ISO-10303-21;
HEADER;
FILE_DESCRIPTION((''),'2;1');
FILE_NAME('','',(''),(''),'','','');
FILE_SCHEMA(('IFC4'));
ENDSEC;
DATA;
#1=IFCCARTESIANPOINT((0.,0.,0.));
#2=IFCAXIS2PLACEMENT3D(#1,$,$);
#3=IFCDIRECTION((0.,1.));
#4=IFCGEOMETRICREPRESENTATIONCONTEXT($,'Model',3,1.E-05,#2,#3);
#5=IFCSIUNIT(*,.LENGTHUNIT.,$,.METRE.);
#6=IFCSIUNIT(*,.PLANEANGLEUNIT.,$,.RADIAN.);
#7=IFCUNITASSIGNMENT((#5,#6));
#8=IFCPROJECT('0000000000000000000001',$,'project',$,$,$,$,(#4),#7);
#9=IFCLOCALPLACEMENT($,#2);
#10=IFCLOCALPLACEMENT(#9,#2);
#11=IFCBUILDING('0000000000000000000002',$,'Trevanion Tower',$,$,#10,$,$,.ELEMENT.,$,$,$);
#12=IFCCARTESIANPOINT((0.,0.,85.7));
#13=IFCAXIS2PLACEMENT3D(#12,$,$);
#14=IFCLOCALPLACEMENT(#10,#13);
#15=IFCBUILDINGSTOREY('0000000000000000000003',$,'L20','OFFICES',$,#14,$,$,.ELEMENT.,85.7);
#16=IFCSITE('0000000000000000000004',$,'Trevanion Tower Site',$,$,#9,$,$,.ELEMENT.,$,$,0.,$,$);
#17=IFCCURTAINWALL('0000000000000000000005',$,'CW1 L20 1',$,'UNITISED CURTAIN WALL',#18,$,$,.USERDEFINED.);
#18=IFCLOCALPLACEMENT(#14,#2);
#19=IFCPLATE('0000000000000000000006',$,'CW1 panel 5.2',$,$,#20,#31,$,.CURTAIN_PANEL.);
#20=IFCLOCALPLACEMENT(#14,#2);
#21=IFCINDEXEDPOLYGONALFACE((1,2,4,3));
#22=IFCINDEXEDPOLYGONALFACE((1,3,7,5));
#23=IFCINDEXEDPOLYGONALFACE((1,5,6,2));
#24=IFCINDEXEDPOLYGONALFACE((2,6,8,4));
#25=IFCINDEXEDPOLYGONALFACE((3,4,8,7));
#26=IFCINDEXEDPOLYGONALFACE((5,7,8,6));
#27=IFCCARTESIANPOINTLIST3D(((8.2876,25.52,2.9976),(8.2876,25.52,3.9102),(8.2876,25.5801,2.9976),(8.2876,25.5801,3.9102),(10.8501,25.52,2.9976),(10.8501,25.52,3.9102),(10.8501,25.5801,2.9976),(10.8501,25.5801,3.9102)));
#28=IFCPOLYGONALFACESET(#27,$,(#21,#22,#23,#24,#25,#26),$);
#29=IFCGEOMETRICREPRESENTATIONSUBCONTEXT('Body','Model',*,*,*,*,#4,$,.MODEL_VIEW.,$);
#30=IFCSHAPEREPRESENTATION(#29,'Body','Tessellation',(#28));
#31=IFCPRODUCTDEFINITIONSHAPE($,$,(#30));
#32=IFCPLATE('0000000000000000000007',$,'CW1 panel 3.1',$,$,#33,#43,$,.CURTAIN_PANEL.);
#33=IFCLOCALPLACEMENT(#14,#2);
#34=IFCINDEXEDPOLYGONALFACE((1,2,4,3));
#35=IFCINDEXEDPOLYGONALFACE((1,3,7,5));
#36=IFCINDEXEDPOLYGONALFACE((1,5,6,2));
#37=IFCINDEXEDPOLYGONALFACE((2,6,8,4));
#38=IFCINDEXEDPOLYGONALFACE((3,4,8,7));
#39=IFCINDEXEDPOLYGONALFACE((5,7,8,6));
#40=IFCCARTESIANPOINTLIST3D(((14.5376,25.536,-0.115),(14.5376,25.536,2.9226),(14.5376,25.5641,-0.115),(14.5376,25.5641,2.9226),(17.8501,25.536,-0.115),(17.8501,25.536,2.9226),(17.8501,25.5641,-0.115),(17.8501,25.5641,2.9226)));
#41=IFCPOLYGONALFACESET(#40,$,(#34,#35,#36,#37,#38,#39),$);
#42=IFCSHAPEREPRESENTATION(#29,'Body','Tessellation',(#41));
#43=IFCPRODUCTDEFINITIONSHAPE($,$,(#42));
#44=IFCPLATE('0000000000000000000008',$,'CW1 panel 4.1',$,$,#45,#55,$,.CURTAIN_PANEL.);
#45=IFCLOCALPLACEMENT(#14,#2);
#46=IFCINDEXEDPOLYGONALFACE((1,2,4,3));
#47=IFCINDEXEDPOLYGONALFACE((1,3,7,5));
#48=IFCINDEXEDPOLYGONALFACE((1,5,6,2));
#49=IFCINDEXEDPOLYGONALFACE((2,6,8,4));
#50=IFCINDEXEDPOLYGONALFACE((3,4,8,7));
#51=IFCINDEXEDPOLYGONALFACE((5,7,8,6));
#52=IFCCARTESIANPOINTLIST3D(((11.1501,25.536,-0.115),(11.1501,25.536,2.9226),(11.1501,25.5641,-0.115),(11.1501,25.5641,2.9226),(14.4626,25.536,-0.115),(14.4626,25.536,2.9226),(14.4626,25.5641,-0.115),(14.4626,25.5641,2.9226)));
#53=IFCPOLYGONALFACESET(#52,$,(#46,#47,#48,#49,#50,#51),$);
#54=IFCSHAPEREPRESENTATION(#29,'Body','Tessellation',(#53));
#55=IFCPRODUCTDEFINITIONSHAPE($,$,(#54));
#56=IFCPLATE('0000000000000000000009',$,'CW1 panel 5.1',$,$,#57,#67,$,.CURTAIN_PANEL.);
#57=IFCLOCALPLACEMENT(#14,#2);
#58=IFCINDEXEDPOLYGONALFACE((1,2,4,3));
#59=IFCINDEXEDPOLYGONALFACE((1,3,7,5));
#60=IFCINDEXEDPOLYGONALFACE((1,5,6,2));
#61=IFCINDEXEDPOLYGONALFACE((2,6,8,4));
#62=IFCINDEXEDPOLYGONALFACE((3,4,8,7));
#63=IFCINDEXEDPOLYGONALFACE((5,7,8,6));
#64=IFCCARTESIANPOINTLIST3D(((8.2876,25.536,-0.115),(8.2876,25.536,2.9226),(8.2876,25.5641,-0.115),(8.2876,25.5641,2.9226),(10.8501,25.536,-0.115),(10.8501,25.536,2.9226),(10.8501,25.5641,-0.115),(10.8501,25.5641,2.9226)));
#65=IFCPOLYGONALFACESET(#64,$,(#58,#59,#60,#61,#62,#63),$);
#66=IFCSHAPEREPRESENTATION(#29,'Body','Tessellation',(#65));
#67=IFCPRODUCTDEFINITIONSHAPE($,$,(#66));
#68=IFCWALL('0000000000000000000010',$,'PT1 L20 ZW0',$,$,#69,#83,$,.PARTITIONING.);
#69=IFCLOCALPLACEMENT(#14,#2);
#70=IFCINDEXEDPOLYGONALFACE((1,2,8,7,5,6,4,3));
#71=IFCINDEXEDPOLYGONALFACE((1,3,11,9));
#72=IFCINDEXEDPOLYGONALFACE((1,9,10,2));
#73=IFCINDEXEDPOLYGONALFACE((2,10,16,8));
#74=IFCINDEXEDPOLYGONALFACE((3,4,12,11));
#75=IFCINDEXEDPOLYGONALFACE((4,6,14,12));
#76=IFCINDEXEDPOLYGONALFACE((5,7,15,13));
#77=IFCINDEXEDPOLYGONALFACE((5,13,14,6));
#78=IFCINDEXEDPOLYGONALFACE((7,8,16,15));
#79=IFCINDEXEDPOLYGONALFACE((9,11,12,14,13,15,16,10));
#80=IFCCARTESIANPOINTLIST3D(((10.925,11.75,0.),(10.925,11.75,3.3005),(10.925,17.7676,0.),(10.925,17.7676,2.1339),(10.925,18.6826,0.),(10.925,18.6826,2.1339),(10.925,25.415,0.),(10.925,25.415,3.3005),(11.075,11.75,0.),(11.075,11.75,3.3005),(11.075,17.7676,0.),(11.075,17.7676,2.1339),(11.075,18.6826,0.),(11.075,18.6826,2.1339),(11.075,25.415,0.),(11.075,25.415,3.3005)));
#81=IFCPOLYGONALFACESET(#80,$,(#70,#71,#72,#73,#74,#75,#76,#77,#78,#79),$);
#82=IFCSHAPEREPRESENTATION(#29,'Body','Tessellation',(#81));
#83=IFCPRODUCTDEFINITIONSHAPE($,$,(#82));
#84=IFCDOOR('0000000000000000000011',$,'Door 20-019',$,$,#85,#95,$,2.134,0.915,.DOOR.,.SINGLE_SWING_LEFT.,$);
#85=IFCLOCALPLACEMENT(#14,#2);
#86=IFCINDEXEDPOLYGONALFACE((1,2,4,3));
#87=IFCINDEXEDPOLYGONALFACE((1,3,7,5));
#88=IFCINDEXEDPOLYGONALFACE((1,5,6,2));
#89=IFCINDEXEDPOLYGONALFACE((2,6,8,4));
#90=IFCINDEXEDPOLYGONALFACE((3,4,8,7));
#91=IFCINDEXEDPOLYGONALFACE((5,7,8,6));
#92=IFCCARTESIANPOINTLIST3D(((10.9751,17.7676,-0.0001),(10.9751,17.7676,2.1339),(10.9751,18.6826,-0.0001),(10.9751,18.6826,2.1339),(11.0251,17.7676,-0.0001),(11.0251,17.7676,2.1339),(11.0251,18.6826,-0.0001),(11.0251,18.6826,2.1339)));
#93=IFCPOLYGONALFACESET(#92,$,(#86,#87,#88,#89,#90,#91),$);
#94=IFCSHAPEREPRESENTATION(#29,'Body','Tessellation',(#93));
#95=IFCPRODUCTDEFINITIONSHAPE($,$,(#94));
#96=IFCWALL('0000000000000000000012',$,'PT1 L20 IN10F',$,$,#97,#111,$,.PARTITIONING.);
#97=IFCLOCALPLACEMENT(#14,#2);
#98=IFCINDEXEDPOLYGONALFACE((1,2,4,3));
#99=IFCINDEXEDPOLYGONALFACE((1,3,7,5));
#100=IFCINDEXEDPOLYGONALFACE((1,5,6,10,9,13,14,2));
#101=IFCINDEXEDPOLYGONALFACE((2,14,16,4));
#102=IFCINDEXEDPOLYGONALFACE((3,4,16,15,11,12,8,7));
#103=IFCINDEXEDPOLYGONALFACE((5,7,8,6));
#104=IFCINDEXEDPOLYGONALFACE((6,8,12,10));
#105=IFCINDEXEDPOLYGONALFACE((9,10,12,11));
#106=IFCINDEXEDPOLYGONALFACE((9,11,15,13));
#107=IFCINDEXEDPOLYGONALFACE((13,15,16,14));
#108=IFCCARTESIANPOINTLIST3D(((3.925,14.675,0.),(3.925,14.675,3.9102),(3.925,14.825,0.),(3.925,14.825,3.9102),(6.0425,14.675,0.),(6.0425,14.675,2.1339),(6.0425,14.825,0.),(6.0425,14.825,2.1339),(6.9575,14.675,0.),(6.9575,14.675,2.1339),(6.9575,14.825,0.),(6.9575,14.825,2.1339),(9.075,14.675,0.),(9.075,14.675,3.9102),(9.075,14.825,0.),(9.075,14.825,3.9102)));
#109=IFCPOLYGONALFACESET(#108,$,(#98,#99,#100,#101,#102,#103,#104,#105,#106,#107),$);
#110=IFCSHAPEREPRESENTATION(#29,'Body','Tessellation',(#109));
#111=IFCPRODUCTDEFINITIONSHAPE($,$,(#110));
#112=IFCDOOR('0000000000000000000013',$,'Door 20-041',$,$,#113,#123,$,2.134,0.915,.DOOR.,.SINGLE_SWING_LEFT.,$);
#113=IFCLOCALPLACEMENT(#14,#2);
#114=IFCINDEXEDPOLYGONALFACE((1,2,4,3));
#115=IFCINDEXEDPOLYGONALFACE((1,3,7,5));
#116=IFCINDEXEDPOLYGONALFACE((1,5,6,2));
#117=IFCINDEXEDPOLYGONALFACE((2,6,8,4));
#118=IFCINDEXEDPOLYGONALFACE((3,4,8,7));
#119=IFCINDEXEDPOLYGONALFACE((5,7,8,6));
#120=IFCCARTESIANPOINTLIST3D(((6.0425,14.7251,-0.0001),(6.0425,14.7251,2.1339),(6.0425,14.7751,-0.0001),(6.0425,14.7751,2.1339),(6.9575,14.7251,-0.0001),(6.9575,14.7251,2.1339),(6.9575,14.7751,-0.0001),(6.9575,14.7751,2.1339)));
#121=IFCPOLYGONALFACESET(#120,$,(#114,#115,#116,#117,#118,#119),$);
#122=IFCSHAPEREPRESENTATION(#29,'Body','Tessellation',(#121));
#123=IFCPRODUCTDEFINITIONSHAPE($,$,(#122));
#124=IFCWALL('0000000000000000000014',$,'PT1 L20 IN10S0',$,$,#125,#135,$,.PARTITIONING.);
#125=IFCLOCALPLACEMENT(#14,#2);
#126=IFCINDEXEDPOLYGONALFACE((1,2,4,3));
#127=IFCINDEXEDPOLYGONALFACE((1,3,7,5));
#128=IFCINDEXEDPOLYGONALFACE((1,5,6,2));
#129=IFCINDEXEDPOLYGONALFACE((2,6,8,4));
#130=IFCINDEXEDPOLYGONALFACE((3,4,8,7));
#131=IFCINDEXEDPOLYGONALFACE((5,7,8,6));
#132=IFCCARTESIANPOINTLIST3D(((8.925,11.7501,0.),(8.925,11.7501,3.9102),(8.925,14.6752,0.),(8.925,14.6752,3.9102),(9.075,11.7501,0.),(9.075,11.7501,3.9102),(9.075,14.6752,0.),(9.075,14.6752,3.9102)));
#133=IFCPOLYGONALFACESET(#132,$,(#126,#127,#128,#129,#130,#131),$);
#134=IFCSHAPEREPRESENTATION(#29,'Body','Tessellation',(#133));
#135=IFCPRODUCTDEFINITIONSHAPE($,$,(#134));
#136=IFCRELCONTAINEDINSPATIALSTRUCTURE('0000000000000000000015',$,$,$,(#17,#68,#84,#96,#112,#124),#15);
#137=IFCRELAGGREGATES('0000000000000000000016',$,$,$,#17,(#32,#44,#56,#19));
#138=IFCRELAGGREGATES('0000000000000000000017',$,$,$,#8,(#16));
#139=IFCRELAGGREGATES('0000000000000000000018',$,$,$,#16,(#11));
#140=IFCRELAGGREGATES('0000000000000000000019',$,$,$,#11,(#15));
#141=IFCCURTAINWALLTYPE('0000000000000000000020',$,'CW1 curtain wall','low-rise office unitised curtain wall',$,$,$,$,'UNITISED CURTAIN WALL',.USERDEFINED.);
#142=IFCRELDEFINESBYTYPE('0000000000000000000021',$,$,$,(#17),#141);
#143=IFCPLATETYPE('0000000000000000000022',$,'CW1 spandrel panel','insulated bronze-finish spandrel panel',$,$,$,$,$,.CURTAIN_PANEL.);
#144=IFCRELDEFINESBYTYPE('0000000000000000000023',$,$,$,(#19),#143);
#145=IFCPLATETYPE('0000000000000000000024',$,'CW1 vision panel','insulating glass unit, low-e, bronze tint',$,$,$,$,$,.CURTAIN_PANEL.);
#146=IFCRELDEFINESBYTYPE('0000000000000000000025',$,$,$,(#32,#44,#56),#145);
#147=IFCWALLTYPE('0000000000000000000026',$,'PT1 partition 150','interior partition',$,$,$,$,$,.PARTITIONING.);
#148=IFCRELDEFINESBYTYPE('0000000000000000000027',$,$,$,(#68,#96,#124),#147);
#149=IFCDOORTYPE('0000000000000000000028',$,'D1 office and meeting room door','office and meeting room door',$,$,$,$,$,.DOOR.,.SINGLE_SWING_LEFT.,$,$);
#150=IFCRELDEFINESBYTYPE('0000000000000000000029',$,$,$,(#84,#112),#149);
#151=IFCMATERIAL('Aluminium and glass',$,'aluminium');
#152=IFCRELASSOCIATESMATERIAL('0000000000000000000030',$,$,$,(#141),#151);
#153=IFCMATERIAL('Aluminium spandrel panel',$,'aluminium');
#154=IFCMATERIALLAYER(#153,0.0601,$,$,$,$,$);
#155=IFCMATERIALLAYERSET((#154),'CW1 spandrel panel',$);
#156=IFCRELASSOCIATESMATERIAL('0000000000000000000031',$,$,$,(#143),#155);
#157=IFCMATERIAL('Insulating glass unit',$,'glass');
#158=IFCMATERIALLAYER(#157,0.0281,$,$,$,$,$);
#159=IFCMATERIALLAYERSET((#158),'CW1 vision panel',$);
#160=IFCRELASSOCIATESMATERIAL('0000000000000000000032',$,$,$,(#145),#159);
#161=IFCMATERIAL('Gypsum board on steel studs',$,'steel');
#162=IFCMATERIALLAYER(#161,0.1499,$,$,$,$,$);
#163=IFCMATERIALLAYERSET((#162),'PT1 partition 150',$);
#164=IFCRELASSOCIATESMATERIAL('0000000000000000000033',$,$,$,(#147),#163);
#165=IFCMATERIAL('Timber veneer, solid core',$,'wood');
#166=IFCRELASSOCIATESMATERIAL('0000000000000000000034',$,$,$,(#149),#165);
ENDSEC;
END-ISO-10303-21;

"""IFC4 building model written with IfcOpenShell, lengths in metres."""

from ifc_helpers import new_model, si_unit, direction, frame, frame_2d, origin, origin_2d, place, context, subcontext, project, spatial, rectangle, extrude, material, layer, layer_set, type_object, element, fill, aggregate, save


model = new_model("IFC4")

# Units and contexts
model_context = context("Model", 3, precision=1e-05, world=origin(), true_north=direction((0.0, 1.0)))
body_context = subcontext(model_context, "Body", "Model", "MODEL_VIEW")
ifc_project = project(units=[si_unit("LENGTHUNIT", "METRE"), si_unit("PLANEANGLEUNIT", "RADIAN")], contexts=[model_context])

# Site, building, storey
site_placement = place(None, origin())
site = spatial("IfcSite", under=ifc_project, at=site_placement, Name="Trevanion Tower Site", CompositionType="ELEMENT", RefElevation=0.0)
building_placement = place(site_placement, origin())
building = spatial("IfcBuilding", under=site, at=building_placement, Name="Trevanion Tower", CompositionType="ELEMENT")
storey_placement = place(building_placement, frame((0.0, 0.0, 85.7)))
storey = spatial("IfcBuildingStorey", under=building, at=storey_placement, Name="L20", Description="OFFICES", CompositionType="ELEMENT", Elevation=85.7)

# Curtain wall
ifc_material_1 = material(Name="Aluminium and glass", Category="aluminium")
curtain_wall_type = type_object("IfcCurtainWallType", Name="CW1 curtain wall", Description="low-rise office unitised curtain wall", ElementType="UNITISED CURTAIN WALL", PredefinedType="USERDEFINED", material=ifc_material_1)
curtain_wall_placement = place(storey_placement, origin())
curtain_wall = element("IfcCurtainWall", 1, at=curtain_wall_placement, inside=storey, type_object=curtain_wall_type, Name="CW1 L20 1", ObjectType="UNITISED CURTAIN WALL", PredefinedType="USERDEFINED")

# Plates
ifc_material_2 = material(Name="Aluminium spandrel panel", Category="aluminium")
ifc_layer_1 = layer(ifc_material_2, 0.0601)
ifc_layer_set_1 = layer_set([ifc_layer_1], Name="CW1 spandrel panel")
plate_type_1 = type_object("IfcPlateType", Name="CW1 spandrel panel", Description="insulated bronze-finish spandrel panel", PredefinedType="CURTAIN_PANEL", material=ifc_layer_set_1)
plate_1_placement = place(storey_placement, frame((9.5688, 25.55, 2.9976), z_axis=(0.0, 0.0, 1.0), x_axis=(-1.0, 0.0, 0.0)))
plate_1 = element("IfcPlate", 2, at=plate_1_placement, type_object=plate_type_1, Name="CW1 panel 5.2", PredefinedType="CURTAIN_PANEL", context=body_context, shape_type="SweptSolid", body=[
    extrude(rectangle(XDim=2.5625, YDim=0.0601, at=origin_2d()), origin(), (0.0, 0.0, 1.0), 0.9126),
])
ifc_material_3 = material(Name="Insulating glass unit", Category="glass")
ifc_layer_2 = layer(ifc_material_3, 0.0281)
ifc_layer_set_2 = layer_set([ifc_layer_2], Name="CW1 vision panel")
plate_type_2 = type_object("IfcPlateType", Name="CW1 vision panel", Description="insulating glass unit, low-e, bronze tint", PredefinedType="CURTAIN_PANEL", material=ifc_layer_set_2)
plate_2_placement = place(storey_placement, frame((16.1938, 25.55, -0.115), z_axis=(0.0, 0.0, 1.0), x_axis=(-1.0, 0.0, 0.0)))
plate_2 = element("IfcPlate", 3, at=plate_2_placement, type_object=plate_type_2, Name="CW1 panel 3.1", PredefinedType="CURTAIN_PANEL", context=body_context, shape_type="SweptSolid", body=[
    extrude(rectangle(XDim=3.3125, YDim=0.0281, at=origin_2d()), origin(), (0.0, 0.0, 1.0), 3.0376),
])
plate_3_placement = place(storey_placement, frame((12.8064, 25.55, -0.115), z_axis=(0.0, 0.0, 1.0), x_axis=(-1.0, 0.0, 0.0)))
plate_3 = element("IfcPlate", 4, at=plate_3_placement, type_object=plate_type_2, Name="CW1 panel 4.1", PredefinedType="CURTAIN_PANEL", context=body_context, shape_type="SweptSolid", body=[
    extrude(rectangle(XDim=3.3125, YDim=0.0281, at=origin_2d()), origin(), (0.0, 0.0, 1.0), 3.0376),
])
plate_4_placement = place(storey_placement, frame((9.5688, 25.55, -0.115), z_axis=(0.0, 0.0, 1.0), x_axis=(-1.0, 0.0, 0.0)))
plate_4 = element("IfcPlate", 5, at=plate_4_placement, type_object=plate_type_2, Name="CW1 panel 5.1", PredefinedType="CURTAIN_PANEL", context=body_context, shape_type="SweptSolid", body=[
    extrude(rectangle(XDim=2.5625, YDim=0.0281, at=origin_2d()), origin(), (0.0, 0.0, 1.0), 3.0376),
])
aggregate(curtain_wall, [plate_2, plate_3, plate_4, plate_1])

# Walls, openings, doors
ifc_material_4 = material(Name="Gypsum board on steel studs", Category="steel")
ifc_layer_3 = layer(ifc_material_4, 0.1499)
ifc_layer_set_3 = layer_set([ifc_layer_3], Name="PT1 partition 150")
wall_type = type_object("IfcWallType", Name="PT1 partition 150", Description="interior partition", PredefinedType="PARTITIONING", material=ifc_layer_set_3)
wall_1_placement = place(storey_placement, frame((11.0, 11.75, 0.0), z_axis=(0.0, 0.0, 1.0), x_axis=(0.0, 1.0, 0.0)))
wall_1 = element("IfcWall", 6, at=wall_1_placement, inside=storey, type_object=wall_type, Name="PT1 L20 ZW0", PredefinedType="PARTITIONING", context=body_context, shape_type="SweptSolid", body=[
    extrude(rectangle(XDim=13.665, YDim=0.1499, at=frame_2d((6.8325, 0.0))), origin(), (0.0, 0.0, 1.0), 3.3005),
])
opening_1_placement = place(wall_1_placement, frame((6.0176, 0.0, 0.0)))
opening_1 = element("IfcOpeningElement", 7, at=opening_1_placement, cuts=wall_1, PredefinedType="OPENING", context=body_context, shape_type="SweptSolid", body=[
    extrude(rectangle(XDim=0.915, YDim=2.134, at=frame_2d((0.4575, 1.0669))), frame((0.0, 0.085, 0.0), z_axis=(0.0, -1.0, 0.0), x_axis=(1.0, 0.0, 0.0)), (0.0, 0.0, 1.0), 0.1699),
])
ifc_material_5 = material(Name="Timber veneer, solid core", Category="wood")
door_type = type_object("IfcDoorType", Name="D1 office and meeting room door", Description="office and meeting room door", OperationType="SINGLE_SWING_LEFT", PredefinedType="DOOR", material=ifc_material_5)
door_1_placement = place(opening_1_placement, origin())
door_1 = element("IfcDoor", 8, at=door_1_placement, inside=storey, type_object=door_type, Name="Door 20-019", OperationType="SINGLE_SWING_LEFT", OverallHeight=2.134, OverallWidth=0.915, PredefinedType="DOOR", context=body_context, shape_type="SweptSolid", body=[
    extrude(rectangle(XDim=0.915, YDim=2.134, at=frame_2d((0.4575, 1.0669))), frame((0.0, 0.0249, 0.0), z_axis=(0.0, -1.0, 0.0), x_axis=(1.0, 0.0, 0.0)), (0.0, 0.0, 1.0), 0.05),
])
fill(opening_1, door_1)
wall_2_placement = place(storey_placement, frame((9.075, 14.75, 0.0), z_axis=(0.0, 0.0, 1.0), x_axis=(-1.0, 0.0, 0.0)))
wall_2 = element("IfcWall", 9, at=wall_2_placement, inside=storey, type_object=wall_type, Name="PT1 L20 IN10F", PredefinedType="PARTITIONING", context=body_context, shape_type="SweptSolid", body=[
    extrude(rectangle(XDim=5.1499, YDim=0.1499, at=frame_2d((2.575, 0.0))), origin(), (0.0, 0.0, 1.0), 3.9102),
])
opening_2_placement = place(wall_2_placement, frame((2.1174, 0.0, 0.0)))
opening_2 = element("IfcOpeningElement", 10, at=opening_2_placement, cuts=wall_2, PredefinedType="OPENING", context=body_context, shape_type="SweptSolid", body=[
    extrude(rectangle(XDim=0.915, YDim=2.134, at=frame_2d((0.4575, 1.0669))), frame((0.0, 0.085, 0.0), z_axis=(0.0, -1.0, 0.0), x_axis=(1.0, 0.0, 0.0)), (0.0, 0.0, 1.0), 0.1699),
])
door_2_placement = place(opening_2_placement, origin())
door_2 = element("IfcDoor", 11, at=door_2_placement, inside=storey, type_object=door_type, Name="Door 20-041", OperationType="SINGLE_SWING_LEFT", OverallHeight=2.134, OverallWidth=0.915, PredefinedType="DOOR", context=body_context, shape_type="SweptSolid", body=[
    extrude(rectangle(XDim=0.915, YDim=2.134, at=frame_2d((0.4575, 1.0669))), frame((0.0, 0.0249, 0.0), z_axis=(0.0, -1.0, 0.0), x_axis=(1.0, 0.0, 0.0)), (0.0, 0.0, 1.0), 0.05),
])
fill(opening_2, door_2)

# Wall
wall_3_placement = place(storey_placement, frame((9.0, 14.675, 0.0), z_axis=(0.0, 0.0, 1.0), x_axis=(0.0, -1.0, 0.0)))
element("IfcWall", 12, at=wall_3_placement, inside=storey, type_object=wall_type, Name="PT1 L20 IN10S0", PredefinedType="PARTITIONING", context=body_context, shape_type="SweptSolid", body=[
    extrude(rectangle(XDim=2.925, YDim=0.1499, at=frame_2d((1.4624, 0.0))), origin(), (0.0, 0.0, 1.0), 3.9102),
])

save(model, "model.ifc")
